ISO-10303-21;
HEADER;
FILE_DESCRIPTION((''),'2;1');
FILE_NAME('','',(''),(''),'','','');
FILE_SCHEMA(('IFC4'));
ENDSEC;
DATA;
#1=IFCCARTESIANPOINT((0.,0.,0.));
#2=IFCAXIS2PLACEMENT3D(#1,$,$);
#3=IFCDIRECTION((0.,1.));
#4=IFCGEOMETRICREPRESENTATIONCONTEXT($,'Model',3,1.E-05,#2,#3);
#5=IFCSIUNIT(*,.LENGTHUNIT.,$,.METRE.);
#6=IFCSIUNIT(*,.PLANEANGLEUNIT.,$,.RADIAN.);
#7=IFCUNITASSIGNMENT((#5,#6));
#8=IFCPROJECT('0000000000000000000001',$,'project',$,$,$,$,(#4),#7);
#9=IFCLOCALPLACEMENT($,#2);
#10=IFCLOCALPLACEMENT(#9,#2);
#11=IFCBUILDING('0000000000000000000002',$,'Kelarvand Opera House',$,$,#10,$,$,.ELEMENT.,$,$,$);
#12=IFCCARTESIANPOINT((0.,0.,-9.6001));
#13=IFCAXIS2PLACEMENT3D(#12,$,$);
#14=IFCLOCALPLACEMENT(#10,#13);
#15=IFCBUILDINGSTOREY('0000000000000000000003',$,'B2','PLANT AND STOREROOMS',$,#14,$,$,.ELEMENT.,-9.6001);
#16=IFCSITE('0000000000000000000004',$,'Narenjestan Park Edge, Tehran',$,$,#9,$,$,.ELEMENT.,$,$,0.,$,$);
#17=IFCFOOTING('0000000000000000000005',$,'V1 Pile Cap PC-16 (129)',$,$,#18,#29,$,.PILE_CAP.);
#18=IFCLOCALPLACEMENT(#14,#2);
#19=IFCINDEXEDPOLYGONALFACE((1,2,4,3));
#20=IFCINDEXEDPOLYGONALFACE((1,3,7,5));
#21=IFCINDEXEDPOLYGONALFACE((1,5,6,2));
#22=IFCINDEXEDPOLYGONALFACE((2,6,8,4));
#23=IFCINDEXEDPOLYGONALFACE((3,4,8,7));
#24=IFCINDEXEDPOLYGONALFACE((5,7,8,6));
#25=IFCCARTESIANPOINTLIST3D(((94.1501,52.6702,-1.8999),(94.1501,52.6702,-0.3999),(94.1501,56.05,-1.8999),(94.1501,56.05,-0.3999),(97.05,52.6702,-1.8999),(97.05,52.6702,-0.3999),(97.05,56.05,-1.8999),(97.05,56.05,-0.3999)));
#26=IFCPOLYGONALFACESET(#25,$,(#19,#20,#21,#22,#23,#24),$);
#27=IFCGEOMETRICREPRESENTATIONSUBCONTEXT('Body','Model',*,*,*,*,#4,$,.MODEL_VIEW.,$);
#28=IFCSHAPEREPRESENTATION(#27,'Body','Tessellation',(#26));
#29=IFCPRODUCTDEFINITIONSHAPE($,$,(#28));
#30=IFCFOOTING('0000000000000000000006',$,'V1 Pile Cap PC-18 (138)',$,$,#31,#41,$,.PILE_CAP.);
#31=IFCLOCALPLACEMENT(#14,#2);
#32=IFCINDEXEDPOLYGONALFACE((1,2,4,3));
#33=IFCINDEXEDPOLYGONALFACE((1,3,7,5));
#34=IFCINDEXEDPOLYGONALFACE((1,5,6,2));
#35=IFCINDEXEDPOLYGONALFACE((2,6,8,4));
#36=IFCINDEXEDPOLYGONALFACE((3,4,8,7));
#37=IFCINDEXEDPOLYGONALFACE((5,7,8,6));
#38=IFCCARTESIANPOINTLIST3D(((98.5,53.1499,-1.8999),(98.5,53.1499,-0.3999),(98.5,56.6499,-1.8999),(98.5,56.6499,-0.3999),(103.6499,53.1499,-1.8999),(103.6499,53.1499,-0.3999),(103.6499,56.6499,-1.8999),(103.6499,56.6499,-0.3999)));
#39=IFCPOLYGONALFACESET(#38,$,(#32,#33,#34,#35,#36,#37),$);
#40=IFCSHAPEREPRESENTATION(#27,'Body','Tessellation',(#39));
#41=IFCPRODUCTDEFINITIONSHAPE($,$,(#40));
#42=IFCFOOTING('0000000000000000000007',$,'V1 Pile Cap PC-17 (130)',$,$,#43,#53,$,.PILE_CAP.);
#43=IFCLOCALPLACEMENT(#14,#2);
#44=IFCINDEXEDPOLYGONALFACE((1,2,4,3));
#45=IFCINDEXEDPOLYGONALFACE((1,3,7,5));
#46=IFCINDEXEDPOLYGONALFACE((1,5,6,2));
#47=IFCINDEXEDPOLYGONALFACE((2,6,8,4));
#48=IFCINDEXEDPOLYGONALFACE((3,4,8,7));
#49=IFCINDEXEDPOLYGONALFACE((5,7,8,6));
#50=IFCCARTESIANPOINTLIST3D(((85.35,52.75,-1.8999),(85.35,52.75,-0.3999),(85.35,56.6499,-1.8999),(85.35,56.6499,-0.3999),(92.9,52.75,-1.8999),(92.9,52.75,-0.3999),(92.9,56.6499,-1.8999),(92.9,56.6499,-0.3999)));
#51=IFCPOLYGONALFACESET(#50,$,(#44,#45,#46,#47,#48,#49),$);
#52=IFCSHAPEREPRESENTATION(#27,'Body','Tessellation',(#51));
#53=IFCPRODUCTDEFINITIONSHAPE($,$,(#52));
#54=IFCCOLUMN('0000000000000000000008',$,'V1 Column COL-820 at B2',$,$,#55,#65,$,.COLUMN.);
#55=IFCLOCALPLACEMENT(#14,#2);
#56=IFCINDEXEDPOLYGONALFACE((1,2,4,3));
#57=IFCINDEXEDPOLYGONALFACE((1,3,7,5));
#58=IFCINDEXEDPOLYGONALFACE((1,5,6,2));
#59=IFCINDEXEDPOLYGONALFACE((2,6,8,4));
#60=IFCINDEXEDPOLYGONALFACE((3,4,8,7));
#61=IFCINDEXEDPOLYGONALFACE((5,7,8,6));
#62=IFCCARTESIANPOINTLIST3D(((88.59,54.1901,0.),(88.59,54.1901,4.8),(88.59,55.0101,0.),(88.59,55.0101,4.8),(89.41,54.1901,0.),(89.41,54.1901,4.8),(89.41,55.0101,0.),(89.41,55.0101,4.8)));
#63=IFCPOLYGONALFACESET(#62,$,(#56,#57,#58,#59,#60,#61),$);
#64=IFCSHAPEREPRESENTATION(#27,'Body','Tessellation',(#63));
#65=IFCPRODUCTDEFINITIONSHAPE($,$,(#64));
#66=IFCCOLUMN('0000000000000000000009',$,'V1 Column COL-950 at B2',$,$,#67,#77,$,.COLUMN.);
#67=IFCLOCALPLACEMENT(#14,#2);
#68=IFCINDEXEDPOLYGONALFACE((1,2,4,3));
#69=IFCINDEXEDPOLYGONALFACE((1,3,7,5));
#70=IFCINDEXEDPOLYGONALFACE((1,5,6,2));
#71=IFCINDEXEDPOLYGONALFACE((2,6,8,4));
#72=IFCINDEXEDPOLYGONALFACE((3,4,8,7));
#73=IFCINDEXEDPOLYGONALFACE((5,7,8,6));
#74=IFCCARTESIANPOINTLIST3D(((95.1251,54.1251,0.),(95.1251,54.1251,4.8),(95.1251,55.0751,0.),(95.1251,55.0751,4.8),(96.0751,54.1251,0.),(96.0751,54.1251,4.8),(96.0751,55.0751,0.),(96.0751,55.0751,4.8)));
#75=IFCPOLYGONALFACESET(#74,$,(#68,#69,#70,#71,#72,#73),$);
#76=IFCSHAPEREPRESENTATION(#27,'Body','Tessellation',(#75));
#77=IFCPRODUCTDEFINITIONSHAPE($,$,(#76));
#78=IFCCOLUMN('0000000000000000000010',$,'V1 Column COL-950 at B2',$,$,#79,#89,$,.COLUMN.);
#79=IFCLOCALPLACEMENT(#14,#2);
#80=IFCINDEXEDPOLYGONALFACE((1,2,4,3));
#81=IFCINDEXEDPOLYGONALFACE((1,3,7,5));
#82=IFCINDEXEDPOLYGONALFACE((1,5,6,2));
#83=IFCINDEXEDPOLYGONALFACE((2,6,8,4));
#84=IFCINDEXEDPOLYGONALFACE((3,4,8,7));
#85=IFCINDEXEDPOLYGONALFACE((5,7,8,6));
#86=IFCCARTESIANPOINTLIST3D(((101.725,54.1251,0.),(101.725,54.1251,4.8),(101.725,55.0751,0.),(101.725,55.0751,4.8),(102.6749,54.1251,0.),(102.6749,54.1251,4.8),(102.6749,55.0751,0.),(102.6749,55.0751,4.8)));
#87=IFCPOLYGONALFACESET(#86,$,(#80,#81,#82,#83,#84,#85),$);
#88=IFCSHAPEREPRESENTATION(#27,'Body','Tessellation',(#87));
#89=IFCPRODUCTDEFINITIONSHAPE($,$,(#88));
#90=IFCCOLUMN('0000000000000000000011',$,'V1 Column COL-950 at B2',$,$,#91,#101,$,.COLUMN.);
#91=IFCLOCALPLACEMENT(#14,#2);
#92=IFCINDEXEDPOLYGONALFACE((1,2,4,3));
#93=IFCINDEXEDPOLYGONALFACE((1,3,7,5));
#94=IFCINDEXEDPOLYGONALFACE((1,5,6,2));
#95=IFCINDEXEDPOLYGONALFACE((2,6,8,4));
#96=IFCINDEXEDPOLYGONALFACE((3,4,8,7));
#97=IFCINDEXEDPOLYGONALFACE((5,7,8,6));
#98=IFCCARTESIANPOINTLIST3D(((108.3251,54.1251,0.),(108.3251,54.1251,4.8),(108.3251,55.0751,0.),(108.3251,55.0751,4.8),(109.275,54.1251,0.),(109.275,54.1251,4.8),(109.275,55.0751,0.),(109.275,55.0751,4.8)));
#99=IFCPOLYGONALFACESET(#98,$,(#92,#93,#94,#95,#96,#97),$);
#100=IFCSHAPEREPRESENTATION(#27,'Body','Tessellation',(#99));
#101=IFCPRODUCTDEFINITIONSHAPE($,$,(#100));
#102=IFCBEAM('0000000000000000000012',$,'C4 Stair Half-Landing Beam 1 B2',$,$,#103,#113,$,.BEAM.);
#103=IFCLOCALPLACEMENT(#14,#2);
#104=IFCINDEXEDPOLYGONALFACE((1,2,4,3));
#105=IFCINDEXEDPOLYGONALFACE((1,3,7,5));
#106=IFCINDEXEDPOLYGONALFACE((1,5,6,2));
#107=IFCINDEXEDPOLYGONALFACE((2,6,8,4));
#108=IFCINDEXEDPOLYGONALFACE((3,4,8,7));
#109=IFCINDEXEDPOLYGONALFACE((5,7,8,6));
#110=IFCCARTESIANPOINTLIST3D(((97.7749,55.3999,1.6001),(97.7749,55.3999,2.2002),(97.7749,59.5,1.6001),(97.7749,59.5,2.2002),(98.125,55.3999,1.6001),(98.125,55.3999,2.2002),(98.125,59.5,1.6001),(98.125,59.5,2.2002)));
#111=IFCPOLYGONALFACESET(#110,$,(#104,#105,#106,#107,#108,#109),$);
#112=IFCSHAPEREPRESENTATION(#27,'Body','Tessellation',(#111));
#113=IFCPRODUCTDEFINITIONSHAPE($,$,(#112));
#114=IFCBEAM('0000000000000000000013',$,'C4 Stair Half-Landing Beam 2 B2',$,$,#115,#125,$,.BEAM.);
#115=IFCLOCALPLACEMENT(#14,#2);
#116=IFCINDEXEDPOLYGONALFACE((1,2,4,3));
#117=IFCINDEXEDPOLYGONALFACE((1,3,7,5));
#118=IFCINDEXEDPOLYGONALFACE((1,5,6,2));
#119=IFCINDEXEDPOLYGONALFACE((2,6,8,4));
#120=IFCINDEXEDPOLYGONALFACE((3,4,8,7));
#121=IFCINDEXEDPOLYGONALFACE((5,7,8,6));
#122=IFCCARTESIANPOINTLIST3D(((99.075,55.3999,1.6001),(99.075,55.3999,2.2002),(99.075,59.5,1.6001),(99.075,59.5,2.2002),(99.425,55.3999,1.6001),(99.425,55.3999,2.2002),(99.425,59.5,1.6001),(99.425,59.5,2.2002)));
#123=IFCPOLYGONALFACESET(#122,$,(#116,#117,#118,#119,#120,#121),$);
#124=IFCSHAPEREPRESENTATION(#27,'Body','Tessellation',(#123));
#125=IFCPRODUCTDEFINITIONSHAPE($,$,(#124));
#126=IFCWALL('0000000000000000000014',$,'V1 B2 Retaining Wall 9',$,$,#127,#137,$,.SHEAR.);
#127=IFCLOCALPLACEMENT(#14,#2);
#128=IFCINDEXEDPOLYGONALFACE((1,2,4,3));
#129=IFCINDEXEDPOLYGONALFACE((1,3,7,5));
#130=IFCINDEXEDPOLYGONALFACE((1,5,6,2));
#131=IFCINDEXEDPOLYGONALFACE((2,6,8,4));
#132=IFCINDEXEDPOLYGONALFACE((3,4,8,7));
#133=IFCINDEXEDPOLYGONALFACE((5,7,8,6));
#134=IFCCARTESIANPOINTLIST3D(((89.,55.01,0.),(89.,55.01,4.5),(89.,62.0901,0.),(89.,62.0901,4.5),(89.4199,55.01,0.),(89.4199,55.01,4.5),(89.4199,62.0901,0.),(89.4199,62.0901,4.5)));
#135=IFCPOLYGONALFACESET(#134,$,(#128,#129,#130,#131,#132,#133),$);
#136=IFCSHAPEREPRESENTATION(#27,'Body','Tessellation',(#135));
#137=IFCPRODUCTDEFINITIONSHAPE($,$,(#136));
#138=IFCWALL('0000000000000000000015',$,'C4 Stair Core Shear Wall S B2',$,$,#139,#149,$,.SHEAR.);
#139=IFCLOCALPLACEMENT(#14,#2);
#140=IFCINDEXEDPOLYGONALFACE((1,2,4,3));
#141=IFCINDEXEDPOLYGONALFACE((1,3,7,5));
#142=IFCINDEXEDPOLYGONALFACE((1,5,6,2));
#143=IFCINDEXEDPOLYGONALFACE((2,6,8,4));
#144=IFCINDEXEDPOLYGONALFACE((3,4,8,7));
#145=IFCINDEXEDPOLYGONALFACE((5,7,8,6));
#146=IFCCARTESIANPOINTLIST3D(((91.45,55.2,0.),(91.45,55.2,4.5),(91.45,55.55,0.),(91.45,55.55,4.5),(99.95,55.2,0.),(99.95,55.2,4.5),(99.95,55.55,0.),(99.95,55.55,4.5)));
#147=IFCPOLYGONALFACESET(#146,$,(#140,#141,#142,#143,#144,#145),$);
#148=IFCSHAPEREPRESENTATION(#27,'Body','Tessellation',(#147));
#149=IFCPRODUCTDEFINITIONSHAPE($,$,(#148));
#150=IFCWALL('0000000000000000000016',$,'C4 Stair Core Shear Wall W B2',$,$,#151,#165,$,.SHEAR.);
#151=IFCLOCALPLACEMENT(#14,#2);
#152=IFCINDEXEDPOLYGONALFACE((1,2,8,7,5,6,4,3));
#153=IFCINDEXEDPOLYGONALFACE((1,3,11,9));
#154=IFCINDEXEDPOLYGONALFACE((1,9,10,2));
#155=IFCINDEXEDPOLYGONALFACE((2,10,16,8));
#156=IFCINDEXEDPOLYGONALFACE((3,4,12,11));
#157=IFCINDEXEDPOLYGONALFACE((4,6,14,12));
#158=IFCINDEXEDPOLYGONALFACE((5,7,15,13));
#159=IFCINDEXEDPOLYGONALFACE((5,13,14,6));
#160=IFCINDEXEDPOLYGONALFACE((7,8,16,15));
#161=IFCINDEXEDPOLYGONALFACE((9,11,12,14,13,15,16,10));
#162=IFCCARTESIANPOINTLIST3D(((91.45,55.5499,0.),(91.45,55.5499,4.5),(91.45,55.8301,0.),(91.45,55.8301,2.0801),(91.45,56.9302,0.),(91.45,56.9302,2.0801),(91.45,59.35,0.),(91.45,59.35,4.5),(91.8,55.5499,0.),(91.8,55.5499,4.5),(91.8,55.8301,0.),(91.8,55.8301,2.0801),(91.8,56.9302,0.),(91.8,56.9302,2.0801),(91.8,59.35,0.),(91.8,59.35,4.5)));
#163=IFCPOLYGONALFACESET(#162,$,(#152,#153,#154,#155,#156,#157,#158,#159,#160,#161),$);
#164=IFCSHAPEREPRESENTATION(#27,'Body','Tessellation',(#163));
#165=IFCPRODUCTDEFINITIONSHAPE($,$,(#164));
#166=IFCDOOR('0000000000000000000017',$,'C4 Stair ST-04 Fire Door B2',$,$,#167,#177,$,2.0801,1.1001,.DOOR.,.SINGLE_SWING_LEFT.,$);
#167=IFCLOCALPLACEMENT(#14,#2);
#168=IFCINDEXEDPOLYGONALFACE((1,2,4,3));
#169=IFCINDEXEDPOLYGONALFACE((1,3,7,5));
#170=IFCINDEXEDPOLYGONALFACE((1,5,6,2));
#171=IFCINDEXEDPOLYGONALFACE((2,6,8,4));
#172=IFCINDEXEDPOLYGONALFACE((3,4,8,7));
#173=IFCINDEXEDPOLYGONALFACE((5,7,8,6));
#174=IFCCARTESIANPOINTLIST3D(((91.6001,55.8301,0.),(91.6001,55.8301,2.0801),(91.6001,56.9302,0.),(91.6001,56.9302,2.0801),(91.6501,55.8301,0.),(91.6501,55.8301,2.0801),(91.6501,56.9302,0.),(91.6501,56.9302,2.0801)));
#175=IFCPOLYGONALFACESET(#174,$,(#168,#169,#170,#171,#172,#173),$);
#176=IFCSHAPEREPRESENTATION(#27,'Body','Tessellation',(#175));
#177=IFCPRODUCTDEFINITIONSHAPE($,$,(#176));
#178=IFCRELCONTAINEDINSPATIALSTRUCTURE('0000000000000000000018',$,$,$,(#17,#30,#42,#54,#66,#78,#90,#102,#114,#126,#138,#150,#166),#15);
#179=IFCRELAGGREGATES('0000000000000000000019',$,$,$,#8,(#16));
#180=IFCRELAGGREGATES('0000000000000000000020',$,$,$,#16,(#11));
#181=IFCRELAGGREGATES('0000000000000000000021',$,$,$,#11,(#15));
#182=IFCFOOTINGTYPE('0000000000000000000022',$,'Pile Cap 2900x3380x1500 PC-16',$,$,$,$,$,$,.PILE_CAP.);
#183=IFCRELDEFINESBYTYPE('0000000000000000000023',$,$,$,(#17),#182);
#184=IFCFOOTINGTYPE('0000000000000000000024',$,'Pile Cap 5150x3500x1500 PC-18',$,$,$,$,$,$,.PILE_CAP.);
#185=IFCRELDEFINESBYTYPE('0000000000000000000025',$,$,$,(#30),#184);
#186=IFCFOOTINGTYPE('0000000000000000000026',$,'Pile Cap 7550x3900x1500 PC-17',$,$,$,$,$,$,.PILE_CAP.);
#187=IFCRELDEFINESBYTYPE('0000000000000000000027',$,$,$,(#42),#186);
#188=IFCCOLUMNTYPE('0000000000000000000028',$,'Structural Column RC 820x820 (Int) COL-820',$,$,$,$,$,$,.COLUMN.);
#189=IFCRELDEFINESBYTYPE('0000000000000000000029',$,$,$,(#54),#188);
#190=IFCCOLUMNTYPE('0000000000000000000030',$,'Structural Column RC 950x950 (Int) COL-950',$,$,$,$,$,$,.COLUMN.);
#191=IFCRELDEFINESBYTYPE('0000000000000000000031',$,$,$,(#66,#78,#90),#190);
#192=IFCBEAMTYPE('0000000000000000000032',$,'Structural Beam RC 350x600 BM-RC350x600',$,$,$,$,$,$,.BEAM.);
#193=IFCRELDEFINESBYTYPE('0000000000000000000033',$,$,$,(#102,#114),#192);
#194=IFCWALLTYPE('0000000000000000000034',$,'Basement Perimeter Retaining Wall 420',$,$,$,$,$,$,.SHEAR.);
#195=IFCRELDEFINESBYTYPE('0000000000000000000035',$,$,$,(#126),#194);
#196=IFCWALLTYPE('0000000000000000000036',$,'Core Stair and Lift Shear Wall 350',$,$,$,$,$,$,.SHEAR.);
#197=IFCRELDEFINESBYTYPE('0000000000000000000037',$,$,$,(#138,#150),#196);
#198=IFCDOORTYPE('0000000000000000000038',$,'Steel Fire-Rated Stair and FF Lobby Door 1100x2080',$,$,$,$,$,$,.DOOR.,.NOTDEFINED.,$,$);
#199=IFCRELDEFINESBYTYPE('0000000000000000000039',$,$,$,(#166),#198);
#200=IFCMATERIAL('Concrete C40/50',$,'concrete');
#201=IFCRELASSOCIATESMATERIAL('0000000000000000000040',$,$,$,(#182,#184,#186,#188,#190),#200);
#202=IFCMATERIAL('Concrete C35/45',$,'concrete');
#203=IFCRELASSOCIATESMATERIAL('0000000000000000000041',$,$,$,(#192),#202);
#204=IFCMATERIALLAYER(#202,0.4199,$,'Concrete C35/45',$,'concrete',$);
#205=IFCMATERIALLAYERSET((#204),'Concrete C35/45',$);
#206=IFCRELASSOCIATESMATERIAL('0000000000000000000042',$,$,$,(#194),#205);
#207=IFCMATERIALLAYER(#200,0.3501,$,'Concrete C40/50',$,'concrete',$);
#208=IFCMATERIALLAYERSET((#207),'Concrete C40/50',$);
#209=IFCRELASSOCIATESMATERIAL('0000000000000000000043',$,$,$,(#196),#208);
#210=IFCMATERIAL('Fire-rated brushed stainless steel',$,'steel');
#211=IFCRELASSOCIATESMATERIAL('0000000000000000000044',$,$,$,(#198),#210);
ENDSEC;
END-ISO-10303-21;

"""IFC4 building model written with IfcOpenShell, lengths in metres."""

from ifc_helpers import new_model, si_unit, direction, frame, frame_2d, origin, origin_2d, place, context, subcontext, project, spatial, rectangle, extrude, material, layer, layer_set, material_profile, profile_set, type_object, element, fill, save


model = new_model("IFC4")

# Units and contexts
model_context = context("Model", 3, precision=1e-05, world=origin(), true_north=direction((0.0, 1.0)))
body_context = subcontext(model_context, "Body", "Model", "MODEL_VIEW")
ifc_project = project(units=[si_unit("LENGTHUNIT", "METRE"), si_unit("PLANEANGLEUNIT", "RADIAN")], contexts=[model_context])

# Site, building, storey
site_placement = place(None, origin())
site = spatial("IfcSite", under=ifc_project, at=site_placement, Name="Narenjestan Park Edge, Tehran", CompositionType="ELEMENT", RefElevation=0.0)
building_placement = place(site_placement, origin())
building = spatial("IfcBuilding", under=site, at=building_placement, Name="Kelarvand Opera House", CompositionType="ELEMENT")
storey_placement = place(building_placement, frame((0.0, 0.0, -9.6001)))
storey = spatial("IfcBuildingStorey", under=building, at=storey_placement, Name="B2", Description="PLANT AND STOREROOMS", CompositionType="ELEMENT", Elevation=-9.6001)

# Shared definitions
ifc_material_1 = material(Name="Concrete C40/50", Category="concrete")

# Footings
footing_type_1 = type_object("IfcFootingType", Name="Pile Cap 2900x3380x1500 PC-16", PredefinedType="PILE_CAP", material=ifc_material_1)
footing_1_placement = place(storey_placement, frame((95.6001, 54.3601, -1.8999), z_axis=(0.0, 0.0, 1.0), x_axis=(1.0, 0.0, 0.0)))
element("IfcFooting", 1, at=footing_1_placement, inside=storey, type_object=footing_type_1, Name="V1 Pile Cap PC-16 (129)", PredefinedType="PILE_CAP", context=body_context, shape_type="SweptSolid", body=[
    extrude(rectangle(XDim=2.8999, YDim=3.3799, at=origin_2d()), origin(), (0.0, 0.0, 1.0), 1.5),
])
footing_type_2 = type_object("IfcFootingType", Name="Pile Cap 5150x3500x1500 PC-18", PredefinedType="PILE_CAP", material=ifc_material_1)
footing_2_placement = place(storey_placement, frame((101.075, 54.8999, -1.8999), z_axis=(0.0, 0.0, 1.0), x_axis=(1.0, 0.0, 0.0)))
element("IfcFooting", 2, at=footing_2_placement, inside=storey, type_object=footing_type_2, Name="V1 Pile Cap PC-18 (138)", PredefinedType="PILE_CAP", context=body_context, shape_type="SweptSolid", body=[
    extrude(rectangle(XDim=5.1499, YDim=3.5, at=origin_2d()), origin(), (0.0, 0.0, 1.0), 1.5),
])
footing_type_3 = type_object("IfcFootingType", Name="Pile Cap 7550x3900x1500 PC-17", PredefinedType="PILE_CAP", material=ifc_material_1)
footing_3_placement = place(storey_placement, frame((89.125, 54.7, -1.8999), z_axis=(0.0, 0.0, 1.0), x_axis=(1.0, 0.0, 0.0)))
element("IfcFooting", 3, at=footing_3_placement, inside=storey, type_object=footing_type_3, Name="V1 Pile Cap PC-17 (130)", PredefinedType="PILE_CAP", context=body_context, shape_type="SweptSolid", body=[
    extrude(rectangle(XDim=7.55, YDim=3.8999, at=origin_2d()), origin(), (0.0, 0.0, 1.0), 1.5),
])

# Columns
ifc_material_profile_1 = material_profile(ifc_material_1, rectangle(XDim=0.8201, YDim=0.8201, at=origin_2d()), Name="RC 820x820", Category="concrete")
ifc_profile_set_1 = profile_set([ifc_material_profile_1], Name="Concrete C40/50")
column_type_1 = type_object("IfcColumnType", Name="Structural Column RC 820x820 (Int) COL-820", PredefinedType="COLUMN", material=ifc_profile_set_1)
column_placement = place(storey_placement, frame((89.0, 54.6001, 0.0), z_axis=(0.0, 0.0, 1.0), x_axis=(1.0, 0.0, 0.0)))
element("IfcColumn", 4, at=column_placement, inside=storey, type_object=column_type_1, Name="V1 Column COL-820 at B2", PredefinedType="COLUMN", context=body_context, shape_type="SweptSolid", body=[
    extrude(rectangle(XDim=0.8201, YDim=0.8201, at=origin_2d()), origin(), (0.0, 0.0, 1.0), 4.8),
])
ifc_material_profile_2 = material_profile(ifc_material_1, rectangle(XDim=0.95, YDim=0.95, at=origin_2d()), Name="RC 950x950", Category="concrete")
ifc_profile_set_2 = profile_set([ifc_material_profile_2], Name="Concrete C40/50")
column_type_2 = type_object("IfcColumnType", Name="Structural Column RC 950x950 (Int) COL-950", PredefinedType="COLUMN", material=ifc_profile_set_2)
for number, where, z_axis, x_axis, name in (
    (5, (95.6001, 54.6001, 0.0), (0.0, 0.0, 1.0), (1.0, 0.0, 0.0), "V1 Column COL-950 at B2"),
    (6, (102.2, 54.6001, 0.0), (0.0, 0.0, 1.0), (1.0, 0.0, 0.0), "V1 Column COL-950 at B2"),
    (7, (108.8, 54.6001, 0.0), (0.0, 0.0, 1.0), (1.0, 0.0, 0.0), "V1 Column COL-950 at B2"),
):
    element("IfcColumn", number, at=place(storey_placement, frame(where, z_axis=z_axis, x_axis=x_axis)), inside=storey, type_object=column_type_2, Name=name, PredefinedType="COLUMN", context=body_context, shape_type="SweptSolid", body=[
        extrude(rectangle(XDim=0.95, YDim=0.95, at=origin_2d()), origin(), (0.0, 0.0, 1.0), 4.8),
    ])

# Beams
ifc_material_2 = material(Name="Concrete C35/45", Category="concrete")
ifc_material_profile_3 = material_profile(ifc_material_2, rectangle(XDim=0.3501, YDim=0.6001, at=origin_2d()), Name="RC 350x600", Category="concrete")
ifc_profile_set_3 = profile_set([ifc_material_profile_3], Name="Concrete C35/45")
beam_type = type_object("IfcBeamType", Name="Structural Beam RC 350x600 BM-RC350x600", PredefinedType="BEAM", material=ifc_profile_set_3)
for number, where, z_axis, x_axis, name in (
    (8, (97.95, 55.3999, 1.9001), (0.0, 1.0, 0.0), (-1.0, 0.0, 0.0), "C4 Stair Half-Landing Beam 1 B2"),
    (9, (99.25, 55.3999, 1.9001), (0.0, 1.0, 0.0), (-1.0, 0.0, 0.0), "C4 Stair Half-Landing Beam 2 B2"),
):
    element("IfcBeam", number, at=place(storey_placement, frame(where, z_axis=z_axis, x_axis=x_axis)), inside=storey, type_object=beam_type, Name=name, PredefinedType="BEAM", context=body_context, shape_type="SweptSolid", body=[
        extrude(rectangle(XDim=0.3501, YDim=0.6001, at=origin_2d()), origin(), (0.0, 0.0, 1.0), 4.1001),
    ])

# Walls
ifc_layer_1 = layer(ifc_material_2, 0.4199, Name="Concrete C35/45", Category="concrete")
ifc_layer_set_1 = layer_set([ifc_layer_1], Name="Concrete C35/45")
wall_type_1 = type_object("IfcWallType", Name="Basement Perimeter Retaining Wall 420", PredefinedType="SHEAR", material=ifc_layer_set_1)
wall_1_placement = place(storey_placement, frame((89.21, 55.01, 0.0), z_axis=(0.0, 0.0, 1.0), x_axis=(0.0, 1.0, 0.0)))
element("IfcWall", 10, at=wall_1_placement, inside=storey, type_object=wall_type_1, Name="V1 B2 Retaining Wall 9", PredefinedType="SHEAR", context=body_context, shape_type="SweptSolid", body=[
    extrude(rectangle(XDim=7.0801, YDim=0.4199, at=frame_2d((3.54, 0.0))), origin(), (0.0, 0.0, 1.0), 4.5),
])
ifc_layer_2 = layer(ifc_material_1, 0.3501, Name="Concrete C40/50", Category="concrete")
ifc_layer_set_2 = layer_set([ifc_layer_2], Name="Concrete C40/50")
wall_type_2 = type_object("IfcWallType", Name="Core Stair and Lift Shear Wall 350", PredefinedType="SHEAR", material=ifc_layer_set_2)
wall_2_placement = place(storey_placement, frame((91.45, 55.375, 0.0), z_axis=(0.0, 0.0, 1.0), x_axis=(1.0, 0.0, 0.0)))
element("IfcWall", 11, at=wall_2_placement, inside=storey, type_object=wall_type_2, Name="C4 Stair Core Shear Wall S B2", PredefinedType="SHEAR", context=body_context, shape_type="SweptSolid", body=[
    extrude(rectangle(XDim=8.5, YDim=0.3501, at=frame_2d((4.25, 0.0))), origin(), (0.0, 0.0, 1.0), 4.5),
])

# Wall, opening, door
wall_3_placement = place(storey_placement, frame((91.625, 55.55, 0.0), z_axis=(0.0, 0.0, 1.0), x_axis=(0.0, 1.0, 0.0)))
wall_3 = element("IfcWall", 12, at=wall_3_placement, inside=storey, type_object=wall_type_2, Name="C4 Stair Core Shear Wall W B2", PredefinedType="SHEAR", context=body_context, shape_type="SweptSolid", body=[
    extrude(rectangle(XDim=3.8, YDim=0.3501, at=frame_2d((1.8999, 0.0))), origin(), (0.0, 0.0, 1.0), 4.5),
])
opening_1_placement = place(wall_3_placement, frame((0.28, 0.0, 0.0)))
opening_1 = element("IfcOpeningElement", 13, at=opening_1_placement, cuts=wall_3, PredefinedType="OPENING", context=body_context, shape_type="SweptSolid", body=[
    extrude(rectangle(XDim=1.1001, YDim=2.0801, at=frame_2d((0.55, 1.04))), frame((0.0, 0.1851, 0.0), z_axis=(0.0, -1.0, 0.0), x_axis=(1.0, 0.0, 0.0)), (0.0, 0.0, 1.0), 0.3701),
])
ifc_material_3 = material(Name="Fire-rated brushed stainless steel", Category="steel")
door_type_1 = type_object("IfcDoorType", Name="Steel Fire-Rated Stair and FF Lobby Door 1100x2080", OperationType="NOTDEFINED", PredefinedType="DOOR", material=ifc_material_3)
door_1_placement = place(opening_1_placement, origin())
door_1 = element("IfcDoor", 14, at=door_1_placement, inside=storey, type_object=door_type_1, Name="C4 Stair ST-04 Fire Door B2", OperationType="SINGLE_SWING_LEFT", OverallHeight=2.0801, OverallWidth=1.1001, PredefinedType="DOOR", context=body_context, shape_type="SweptSolid", body=[
    extrude(rectangle(XDim=1.1001, YDim=2.0801, at=frame_2d((0.55, 1.04))), frame((0.0, 0.0249, 0.0), z_axis=(0.0, -1.0, 0.0), x_axis=(1.0, 0.0, 0.0)), (0.0, 0.0, 1.0), 0.05),
])
fill(opening_1, door_1)

save(model, "model.ifc")
